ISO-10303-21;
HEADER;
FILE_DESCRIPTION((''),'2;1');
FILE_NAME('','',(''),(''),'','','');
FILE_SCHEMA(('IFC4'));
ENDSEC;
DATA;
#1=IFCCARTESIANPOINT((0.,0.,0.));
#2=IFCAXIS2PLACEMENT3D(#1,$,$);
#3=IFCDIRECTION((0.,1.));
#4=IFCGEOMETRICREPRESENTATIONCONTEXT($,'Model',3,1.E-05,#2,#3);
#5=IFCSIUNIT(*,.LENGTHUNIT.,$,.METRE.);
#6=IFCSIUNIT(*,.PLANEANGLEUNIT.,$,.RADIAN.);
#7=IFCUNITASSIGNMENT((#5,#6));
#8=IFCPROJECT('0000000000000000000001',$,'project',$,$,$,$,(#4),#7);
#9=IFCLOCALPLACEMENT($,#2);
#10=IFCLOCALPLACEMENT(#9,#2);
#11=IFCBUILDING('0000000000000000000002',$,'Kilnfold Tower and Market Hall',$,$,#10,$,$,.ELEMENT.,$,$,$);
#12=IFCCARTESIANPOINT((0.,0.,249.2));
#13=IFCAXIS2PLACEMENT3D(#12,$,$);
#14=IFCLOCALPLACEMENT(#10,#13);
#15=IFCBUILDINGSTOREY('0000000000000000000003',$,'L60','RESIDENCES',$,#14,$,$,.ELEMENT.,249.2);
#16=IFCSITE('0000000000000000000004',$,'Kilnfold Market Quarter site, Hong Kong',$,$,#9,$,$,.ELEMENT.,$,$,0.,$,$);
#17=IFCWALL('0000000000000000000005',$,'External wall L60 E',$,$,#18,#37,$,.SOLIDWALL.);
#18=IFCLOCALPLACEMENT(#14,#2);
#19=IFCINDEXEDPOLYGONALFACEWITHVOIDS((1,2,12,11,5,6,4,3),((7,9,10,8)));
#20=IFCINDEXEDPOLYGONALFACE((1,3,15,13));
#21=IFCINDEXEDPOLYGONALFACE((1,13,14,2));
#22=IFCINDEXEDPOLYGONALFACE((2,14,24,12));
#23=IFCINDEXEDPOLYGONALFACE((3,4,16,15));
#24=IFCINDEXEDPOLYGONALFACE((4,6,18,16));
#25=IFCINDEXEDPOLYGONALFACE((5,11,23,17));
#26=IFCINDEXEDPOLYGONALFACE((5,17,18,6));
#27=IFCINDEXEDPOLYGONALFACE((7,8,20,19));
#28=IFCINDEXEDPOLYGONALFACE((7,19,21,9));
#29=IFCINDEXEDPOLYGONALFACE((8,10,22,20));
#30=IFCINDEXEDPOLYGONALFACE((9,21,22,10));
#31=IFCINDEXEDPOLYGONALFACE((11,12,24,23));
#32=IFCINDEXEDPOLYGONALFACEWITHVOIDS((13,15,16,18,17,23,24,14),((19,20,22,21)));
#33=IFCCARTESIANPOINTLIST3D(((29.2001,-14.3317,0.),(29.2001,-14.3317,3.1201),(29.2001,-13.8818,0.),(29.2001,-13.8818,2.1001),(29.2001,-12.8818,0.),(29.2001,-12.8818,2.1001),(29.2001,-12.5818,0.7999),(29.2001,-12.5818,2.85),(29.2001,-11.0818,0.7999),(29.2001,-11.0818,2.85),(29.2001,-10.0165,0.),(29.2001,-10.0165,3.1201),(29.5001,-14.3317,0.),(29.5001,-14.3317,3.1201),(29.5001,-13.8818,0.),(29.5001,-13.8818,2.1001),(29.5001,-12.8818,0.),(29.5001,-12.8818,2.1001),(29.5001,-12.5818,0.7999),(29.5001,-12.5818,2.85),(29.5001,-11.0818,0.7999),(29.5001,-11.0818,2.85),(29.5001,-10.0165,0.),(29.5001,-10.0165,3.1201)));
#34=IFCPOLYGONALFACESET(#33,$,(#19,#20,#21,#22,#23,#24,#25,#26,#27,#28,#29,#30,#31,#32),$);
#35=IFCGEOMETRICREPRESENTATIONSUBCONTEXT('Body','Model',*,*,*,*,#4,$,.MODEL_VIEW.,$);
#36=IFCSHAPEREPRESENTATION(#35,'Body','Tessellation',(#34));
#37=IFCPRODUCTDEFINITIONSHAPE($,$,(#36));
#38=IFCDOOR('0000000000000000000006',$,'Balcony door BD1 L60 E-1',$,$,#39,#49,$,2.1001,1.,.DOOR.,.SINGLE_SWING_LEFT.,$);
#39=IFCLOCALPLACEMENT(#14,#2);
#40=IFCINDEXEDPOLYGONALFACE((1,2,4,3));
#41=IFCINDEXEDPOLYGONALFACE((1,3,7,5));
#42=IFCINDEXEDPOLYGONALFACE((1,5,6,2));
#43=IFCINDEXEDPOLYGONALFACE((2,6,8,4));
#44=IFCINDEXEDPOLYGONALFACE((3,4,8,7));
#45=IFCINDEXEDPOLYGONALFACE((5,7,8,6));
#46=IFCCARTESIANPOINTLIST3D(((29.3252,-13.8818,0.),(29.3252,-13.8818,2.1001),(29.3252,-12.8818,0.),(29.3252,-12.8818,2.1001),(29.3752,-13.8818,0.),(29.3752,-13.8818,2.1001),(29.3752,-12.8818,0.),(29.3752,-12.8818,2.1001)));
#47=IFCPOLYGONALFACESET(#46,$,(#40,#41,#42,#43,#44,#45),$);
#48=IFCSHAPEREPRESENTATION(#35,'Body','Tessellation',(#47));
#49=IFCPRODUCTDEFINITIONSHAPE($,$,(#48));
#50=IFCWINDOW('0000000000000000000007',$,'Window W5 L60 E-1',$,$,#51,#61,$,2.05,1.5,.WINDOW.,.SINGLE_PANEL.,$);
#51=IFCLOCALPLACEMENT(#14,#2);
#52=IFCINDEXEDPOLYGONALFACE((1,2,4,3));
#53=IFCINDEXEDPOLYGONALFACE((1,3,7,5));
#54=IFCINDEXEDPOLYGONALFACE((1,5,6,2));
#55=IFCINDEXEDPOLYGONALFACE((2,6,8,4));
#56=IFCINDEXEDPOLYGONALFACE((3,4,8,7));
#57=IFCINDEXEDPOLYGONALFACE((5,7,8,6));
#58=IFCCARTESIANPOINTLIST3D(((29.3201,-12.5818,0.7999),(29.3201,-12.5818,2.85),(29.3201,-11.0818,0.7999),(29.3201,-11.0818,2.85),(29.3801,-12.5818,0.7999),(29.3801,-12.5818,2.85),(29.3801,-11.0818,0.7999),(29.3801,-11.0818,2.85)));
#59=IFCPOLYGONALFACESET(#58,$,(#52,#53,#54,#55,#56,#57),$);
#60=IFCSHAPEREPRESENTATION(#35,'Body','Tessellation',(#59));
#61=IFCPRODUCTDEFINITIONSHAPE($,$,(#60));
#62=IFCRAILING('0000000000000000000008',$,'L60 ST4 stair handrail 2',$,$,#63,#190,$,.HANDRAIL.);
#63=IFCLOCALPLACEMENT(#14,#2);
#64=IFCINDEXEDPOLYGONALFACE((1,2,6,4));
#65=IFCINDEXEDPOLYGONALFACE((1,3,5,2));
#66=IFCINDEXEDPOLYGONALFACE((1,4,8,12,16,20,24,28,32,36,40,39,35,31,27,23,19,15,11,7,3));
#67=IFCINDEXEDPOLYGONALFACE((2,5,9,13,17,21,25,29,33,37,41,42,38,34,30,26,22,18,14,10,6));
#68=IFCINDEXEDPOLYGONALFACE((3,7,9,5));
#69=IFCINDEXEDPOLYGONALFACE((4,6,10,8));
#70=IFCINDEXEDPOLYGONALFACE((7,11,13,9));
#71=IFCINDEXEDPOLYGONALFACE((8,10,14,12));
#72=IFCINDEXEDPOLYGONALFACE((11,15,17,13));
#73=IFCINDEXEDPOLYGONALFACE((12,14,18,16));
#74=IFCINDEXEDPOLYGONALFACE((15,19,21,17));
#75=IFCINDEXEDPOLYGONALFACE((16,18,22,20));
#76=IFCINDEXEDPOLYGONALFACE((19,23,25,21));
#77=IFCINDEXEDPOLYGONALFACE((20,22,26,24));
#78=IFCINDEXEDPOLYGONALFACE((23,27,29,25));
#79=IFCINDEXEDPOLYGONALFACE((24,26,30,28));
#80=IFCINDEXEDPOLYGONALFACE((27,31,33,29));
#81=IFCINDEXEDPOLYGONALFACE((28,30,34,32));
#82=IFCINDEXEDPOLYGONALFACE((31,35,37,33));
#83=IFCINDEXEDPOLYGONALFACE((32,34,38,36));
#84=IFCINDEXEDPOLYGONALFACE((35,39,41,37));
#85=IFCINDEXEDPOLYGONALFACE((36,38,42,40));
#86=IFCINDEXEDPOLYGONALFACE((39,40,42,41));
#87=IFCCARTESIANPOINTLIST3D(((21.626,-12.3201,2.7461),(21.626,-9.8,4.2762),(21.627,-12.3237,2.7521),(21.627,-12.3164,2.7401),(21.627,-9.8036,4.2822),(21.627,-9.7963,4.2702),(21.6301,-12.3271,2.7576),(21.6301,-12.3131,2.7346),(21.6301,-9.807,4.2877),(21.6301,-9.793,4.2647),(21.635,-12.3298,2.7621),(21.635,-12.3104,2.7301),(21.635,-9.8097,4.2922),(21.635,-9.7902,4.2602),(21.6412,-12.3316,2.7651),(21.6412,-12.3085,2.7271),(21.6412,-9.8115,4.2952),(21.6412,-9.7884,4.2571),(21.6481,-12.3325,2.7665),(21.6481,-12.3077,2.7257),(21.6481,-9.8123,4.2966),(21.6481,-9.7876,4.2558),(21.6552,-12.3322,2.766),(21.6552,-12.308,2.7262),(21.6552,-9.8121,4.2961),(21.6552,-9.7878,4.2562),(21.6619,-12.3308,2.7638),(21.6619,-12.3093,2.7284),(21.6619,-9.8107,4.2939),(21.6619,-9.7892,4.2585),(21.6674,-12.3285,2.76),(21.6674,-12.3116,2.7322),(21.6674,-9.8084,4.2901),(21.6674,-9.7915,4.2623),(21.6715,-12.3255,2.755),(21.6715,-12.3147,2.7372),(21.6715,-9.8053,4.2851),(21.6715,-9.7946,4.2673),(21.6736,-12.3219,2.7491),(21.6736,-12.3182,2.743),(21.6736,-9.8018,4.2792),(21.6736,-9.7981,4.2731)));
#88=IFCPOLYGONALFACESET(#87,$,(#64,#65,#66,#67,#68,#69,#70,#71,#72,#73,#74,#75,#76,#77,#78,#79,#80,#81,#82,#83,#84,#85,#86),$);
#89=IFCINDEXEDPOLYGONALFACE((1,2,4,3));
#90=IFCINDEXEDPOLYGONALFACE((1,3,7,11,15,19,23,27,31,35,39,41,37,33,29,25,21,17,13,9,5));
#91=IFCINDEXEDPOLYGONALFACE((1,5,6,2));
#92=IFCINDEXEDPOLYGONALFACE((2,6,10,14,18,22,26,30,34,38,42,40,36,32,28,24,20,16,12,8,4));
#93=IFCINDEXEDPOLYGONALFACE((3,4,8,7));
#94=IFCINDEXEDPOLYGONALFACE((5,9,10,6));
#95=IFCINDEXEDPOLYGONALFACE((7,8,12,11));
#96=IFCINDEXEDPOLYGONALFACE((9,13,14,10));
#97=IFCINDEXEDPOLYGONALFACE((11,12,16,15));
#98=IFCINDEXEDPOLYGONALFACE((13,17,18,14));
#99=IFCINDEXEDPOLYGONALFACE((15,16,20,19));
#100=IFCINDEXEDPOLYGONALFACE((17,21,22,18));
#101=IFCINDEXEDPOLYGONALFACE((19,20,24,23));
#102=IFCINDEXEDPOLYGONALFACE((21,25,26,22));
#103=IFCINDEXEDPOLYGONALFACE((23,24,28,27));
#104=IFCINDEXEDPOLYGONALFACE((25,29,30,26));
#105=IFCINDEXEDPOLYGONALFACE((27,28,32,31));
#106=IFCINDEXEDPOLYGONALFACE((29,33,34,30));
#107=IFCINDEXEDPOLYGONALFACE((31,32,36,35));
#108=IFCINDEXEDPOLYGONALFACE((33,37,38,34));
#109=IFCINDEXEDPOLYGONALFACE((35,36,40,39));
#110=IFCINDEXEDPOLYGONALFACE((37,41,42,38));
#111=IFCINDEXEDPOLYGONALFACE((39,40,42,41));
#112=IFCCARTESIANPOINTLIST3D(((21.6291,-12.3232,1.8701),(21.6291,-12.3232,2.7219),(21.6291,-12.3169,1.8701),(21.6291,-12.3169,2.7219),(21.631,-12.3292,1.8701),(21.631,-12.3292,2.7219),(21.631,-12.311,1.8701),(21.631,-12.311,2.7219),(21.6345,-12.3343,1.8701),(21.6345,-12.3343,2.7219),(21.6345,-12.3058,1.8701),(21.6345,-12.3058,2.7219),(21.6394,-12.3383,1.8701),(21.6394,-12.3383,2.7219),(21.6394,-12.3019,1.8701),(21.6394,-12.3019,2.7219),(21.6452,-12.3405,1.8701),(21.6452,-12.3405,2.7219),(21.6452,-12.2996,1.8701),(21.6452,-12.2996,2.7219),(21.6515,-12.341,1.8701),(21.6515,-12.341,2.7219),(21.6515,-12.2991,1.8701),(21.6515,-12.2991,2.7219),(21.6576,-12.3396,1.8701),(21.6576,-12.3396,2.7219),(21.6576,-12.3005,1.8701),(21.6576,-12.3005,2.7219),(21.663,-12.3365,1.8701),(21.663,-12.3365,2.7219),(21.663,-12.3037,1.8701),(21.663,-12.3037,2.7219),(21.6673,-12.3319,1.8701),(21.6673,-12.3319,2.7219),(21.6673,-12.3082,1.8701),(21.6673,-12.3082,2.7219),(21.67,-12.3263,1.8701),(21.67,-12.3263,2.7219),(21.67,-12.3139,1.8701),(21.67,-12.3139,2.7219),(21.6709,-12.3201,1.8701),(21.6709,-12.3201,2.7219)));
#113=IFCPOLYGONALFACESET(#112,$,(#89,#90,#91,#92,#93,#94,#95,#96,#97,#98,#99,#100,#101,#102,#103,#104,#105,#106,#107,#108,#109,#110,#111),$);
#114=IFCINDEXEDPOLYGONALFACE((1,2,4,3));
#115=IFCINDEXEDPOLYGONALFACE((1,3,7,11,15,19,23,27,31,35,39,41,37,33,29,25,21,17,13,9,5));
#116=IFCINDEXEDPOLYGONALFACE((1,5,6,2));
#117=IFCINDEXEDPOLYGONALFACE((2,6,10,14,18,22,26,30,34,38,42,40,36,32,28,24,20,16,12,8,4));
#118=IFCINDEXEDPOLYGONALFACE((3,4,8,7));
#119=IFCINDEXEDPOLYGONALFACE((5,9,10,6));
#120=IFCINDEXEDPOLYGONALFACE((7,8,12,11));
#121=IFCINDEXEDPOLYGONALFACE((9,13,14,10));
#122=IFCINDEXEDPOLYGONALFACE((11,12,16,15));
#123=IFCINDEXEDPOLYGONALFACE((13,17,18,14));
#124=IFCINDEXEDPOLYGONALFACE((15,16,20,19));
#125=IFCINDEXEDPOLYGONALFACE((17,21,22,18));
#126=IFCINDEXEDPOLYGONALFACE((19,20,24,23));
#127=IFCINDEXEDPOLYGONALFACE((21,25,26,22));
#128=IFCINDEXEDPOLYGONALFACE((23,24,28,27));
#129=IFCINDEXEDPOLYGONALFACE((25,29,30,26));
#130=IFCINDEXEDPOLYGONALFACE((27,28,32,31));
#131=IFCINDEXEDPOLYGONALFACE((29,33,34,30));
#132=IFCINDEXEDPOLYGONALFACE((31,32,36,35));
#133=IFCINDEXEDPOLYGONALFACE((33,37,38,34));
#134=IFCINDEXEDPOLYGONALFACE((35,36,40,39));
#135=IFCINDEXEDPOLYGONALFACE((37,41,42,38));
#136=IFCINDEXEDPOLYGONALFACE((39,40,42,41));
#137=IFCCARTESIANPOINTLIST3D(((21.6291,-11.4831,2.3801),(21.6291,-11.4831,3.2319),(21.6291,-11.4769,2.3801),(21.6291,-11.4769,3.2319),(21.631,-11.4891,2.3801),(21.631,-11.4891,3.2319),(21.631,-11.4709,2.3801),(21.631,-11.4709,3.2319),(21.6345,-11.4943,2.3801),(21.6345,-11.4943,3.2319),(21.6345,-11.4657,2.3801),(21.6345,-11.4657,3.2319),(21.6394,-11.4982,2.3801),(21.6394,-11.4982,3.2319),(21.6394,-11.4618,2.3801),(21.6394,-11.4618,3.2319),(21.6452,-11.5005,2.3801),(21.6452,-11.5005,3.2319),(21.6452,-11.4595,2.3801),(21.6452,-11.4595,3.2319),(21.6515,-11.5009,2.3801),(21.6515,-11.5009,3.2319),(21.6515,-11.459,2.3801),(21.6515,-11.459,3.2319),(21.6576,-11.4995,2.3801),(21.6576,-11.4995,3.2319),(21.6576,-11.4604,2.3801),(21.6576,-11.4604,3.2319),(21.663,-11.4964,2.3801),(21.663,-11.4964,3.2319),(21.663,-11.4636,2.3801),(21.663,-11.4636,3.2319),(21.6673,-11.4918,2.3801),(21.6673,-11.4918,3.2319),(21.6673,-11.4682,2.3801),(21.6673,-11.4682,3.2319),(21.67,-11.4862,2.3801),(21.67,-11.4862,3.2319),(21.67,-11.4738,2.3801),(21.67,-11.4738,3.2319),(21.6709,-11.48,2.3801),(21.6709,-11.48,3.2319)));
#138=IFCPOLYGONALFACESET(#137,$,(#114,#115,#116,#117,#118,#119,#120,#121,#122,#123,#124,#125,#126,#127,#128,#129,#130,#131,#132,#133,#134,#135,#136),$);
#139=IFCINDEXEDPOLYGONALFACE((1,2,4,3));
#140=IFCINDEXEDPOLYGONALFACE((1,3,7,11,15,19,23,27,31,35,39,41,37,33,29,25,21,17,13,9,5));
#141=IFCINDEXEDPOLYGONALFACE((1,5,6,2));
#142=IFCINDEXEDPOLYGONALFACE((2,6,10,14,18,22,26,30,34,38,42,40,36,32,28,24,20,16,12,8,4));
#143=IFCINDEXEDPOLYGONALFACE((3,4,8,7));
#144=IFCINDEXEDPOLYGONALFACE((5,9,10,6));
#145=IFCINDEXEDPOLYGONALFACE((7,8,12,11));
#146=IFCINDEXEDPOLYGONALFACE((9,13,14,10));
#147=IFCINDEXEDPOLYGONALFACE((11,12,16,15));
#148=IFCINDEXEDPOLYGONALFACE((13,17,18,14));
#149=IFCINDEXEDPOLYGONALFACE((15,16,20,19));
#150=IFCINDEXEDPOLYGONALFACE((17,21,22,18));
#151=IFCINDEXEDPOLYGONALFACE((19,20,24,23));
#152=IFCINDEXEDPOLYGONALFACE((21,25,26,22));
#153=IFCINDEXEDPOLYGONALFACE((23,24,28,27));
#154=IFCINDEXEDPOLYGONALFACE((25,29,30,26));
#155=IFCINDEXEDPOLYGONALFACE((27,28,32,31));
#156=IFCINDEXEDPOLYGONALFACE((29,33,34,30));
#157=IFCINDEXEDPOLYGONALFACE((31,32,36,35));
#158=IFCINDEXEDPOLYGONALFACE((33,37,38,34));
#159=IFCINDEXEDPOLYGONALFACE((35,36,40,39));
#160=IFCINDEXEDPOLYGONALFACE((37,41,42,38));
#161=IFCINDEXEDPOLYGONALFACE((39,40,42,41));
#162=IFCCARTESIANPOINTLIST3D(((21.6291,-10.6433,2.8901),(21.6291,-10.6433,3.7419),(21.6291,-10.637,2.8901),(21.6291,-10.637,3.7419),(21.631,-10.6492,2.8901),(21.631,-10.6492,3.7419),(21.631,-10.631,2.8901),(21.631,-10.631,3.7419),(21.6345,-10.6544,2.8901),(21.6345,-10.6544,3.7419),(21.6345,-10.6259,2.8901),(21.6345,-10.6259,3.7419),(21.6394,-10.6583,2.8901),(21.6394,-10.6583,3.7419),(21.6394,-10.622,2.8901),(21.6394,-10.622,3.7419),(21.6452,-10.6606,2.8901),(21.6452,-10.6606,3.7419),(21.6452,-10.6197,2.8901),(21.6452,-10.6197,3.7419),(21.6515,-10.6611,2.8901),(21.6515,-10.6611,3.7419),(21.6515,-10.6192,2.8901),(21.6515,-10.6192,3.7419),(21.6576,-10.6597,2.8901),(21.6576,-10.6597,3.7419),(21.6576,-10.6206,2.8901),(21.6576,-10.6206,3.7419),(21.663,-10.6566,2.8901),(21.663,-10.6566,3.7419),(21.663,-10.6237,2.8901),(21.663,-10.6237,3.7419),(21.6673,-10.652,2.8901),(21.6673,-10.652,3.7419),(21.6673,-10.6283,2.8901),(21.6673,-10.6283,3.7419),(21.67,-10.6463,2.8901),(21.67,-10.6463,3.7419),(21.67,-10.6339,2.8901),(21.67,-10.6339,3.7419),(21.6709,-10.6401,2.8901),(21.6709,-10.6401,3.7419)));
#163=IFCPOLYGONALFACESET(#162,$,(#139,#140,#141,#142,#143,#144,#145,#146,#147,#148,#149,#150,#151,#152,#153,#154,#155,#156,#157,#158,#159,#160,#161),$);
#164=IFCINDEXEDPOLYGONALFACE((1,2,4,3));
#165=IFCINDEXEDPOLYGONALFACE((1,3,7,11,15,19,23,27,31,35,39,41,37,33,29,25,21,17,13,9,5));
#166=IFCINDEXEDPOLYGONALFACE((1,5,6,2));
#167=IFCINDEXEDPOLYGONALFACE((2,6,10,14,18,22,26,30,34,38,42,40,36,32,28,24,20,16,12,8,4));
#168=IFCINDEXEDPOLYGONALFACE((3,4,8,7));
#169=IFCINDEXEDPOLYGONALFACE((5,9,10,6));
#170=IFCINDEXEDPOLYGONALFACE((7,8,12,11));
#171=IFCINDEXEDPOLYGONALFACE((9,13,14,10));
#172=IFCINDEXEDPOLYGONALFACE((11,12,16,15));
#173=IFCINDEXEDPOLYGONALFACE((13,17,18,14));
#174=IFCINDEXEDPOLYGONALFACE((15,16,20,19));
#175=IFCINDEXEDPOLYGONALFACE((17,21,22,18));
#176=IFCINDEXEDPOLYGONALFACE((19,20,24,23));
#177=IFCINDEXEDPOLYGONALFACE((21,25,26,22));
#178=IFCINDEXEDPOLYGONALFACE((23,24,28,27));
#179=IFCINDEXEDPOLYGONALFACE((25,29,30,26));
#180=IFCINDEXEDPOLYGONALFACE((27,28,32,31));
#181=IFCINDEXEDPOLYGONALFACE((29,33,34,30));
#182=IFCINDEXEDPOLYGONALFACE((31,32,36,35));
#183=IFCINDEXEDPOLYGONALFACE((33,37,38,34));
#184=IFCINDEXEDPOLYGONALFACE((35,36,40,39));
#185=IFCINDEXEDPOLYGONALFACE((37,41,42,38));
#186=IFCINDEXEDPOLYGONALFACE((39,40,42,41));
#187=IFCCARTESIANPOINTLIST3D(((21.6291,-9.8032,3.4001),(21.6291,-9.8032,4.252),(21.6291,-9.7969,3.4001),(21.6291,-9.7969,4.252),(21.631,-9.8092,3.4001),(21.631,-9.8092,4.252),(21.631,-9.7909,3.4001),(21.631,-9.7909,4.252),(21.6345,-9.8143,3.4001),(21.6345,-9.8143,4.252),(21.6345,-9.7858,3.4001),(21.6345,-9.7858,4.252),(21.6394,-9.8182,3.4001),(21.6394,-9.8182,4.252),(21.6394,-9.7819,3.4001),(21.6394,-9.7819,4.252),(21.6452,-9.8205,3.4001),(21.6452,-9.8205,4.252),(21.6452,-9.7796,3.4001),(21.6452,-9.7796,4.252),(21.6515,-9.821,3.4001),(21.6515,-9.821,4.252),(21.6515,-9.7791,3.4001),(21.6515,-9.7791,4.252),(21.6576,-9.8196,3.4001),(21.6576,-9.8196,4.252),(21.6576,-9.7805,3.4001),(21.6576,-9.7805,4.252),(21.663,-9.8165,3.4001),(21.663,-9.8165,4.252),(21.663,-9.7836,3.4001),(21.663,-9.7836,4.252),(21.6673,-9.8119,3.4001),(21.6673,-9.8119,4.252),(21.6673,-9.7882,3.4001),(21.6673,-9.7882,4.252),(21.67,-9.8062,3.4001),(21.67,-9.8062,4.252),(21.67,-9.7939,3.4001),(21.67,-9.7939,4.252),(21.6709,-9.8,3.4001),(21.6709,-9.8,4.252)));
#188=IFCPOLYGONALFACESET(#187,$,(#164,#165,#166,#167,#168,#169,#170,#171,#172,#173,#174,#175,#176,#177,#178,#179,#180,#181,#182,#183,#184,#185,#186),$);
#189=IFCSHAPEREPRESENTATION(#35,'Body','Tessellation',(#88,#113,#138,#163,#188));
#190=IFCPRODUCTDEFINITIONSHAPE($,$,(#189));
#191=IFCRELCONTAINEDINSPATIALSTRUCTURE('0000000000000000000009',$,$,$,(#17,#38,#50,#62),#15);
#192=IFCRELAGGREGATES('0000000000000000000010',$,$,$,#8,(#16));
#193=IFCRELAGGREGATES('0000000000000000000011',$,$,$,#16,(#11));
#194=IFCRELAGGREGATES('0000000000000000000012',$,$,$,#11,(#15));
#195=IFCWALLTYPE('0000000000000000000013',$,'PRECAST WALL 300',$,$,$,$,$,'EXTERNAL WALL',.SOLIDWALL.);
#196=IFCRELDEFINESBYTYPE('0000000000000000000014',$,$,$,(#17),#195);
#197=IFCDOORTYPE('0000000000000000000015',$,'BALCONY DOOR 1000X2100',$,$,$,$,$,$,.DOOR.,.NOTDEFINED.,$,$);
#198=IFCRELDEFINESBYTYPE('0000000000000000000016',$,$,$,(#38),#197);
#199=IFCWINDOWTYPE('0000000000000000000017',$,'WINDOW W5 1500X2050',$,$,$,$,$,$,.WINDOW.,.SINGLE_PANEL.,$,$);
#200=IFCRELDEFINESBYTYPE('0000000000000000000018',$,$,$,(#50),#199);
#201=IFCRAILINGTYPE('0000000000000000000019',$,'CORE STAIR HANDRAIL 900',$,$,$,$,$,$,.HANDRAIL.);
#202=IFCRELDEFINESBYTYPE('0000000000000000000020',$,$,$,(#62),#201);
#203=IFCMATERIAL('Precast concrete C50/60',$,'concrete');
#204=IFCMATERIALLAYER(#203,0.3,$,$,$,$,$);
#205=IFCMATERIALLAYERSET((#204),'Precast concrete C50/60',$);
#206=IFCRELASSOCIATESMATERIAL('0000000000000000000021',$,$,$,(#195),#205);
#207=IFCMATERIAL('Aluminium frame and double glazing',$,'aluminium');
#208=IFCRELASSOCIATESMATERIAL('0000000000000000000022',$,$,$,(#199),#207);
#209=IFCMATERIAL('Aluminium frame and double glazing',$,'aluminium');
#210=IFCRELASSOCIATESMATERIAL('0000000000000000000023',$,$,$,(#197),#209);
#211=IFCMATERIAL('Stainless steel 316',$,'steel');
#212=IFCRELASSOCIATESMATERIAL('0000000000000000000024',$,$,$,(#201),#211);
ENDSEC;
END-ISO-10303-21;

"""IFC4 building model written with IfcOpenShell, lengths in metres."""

from ifc_helpers import new_model, si_unit, direction, frame, frame_2d, origin, origin_2d, place, context, subcontext, project, spatial, rectangle, circle, extrude, source, transform, mapped, material, layer, layer_set, type_object, element, fill, save


model = new_model("IFC4")

# Units and contexts
model_context = context("Model", 3, precision=1e-05, world=origin(), true_north=direction((0.0, 1.0)))
body_context = subcontext(model_context, "Body", "Model", "MODEL_VIEW")
ifc_project = project(units=[si_unit("LENGTHUNIT", "METRE"), si_unit("PLANEANGLEUNIT", "RADIAN")], contexts=[model_context])

# Site, building, storey
site_placement = place(None, origin())
site = spatial("IfcSite", under=ifc_project, at=site_placement, Name="Kilnfold Market Quarter site, Hong Kong", CompositionType="ELEMENT", RefElevation=0.0)
building_placement = place(site_placement, origin())
building = spatial("IfcBuilding", under=site, at=building_placement, Name="Kilnfold Tower and Market Hall", CompositionType="ELEMENT")
storey_placement = place(building_placement, frame((0.0, 0.0, 249.2)))
storey = spatial("IfcBuildingStorey", under=building, at=storey_placement, Name="L60", Description="RESIDENCES", CompositionType="ELEMENT", Elevation=249.2)

# Shared definitions
ifc_material_1 = material(Name="Precast concrete C50/60", Category="concrete")
ifc_layer_1 = layer(ifc_material_1, 0.3)
ifc_layer_set_1 = layer_set([ifc_layer_1], Name="Precast concrete C50/60")
wall_type_1 = type_object("IfcWallType", Name="PRECAST WALL 300", ElementType="EXTERNAL WALL", PredefinedType="SOLIDWALL", material=ifc_layer_set_1)
ifc_material_2 = material(Name="Aluminium frame and double glazing", Category="aluminium")
window_type = type_object("IfcWindowType", Name="WINDOW W5 1500X2050", PartitioningType="SINGLE_PANEL", PredefinedType="WINDOW", material=ifc_material_2)

# Wall, openings, door, window
shared_shape_1 = source(origin(), body_context, "Body", "SweptSolid", [
    extrude(rectangle(XDim=4.3152, YDim=0.3, at=frame_2d((2.1577, 0.0))), origin(), (0.0, 0.0, 1.0), 3.1201),
])
wall_1_placement = place(storey_placement, frame((29.3501, -14.3318, 0.0), z_axis=(0.0, 0.0, 1.0), x_axis=(0.0, 1.0, 0.0)))
wall_1 = element("IfcWall", 1, at=wall_1_placement, inside=storey, type_object=wall_type_1, Name="External wall L60 E", PredefinedType="SOLIDWALL", context=body_context, shape_type="MappedRepresentation", body=[
    mapped(shared_shape_1, transform((0.0, 0.0, 0.0))),
])
opening_1_placement = place(wall_1_placement, frame((1.75, 0.0, 0.8)))
opening_1 = element("IfcOpeningElement", 2, at=opening_1_placement, cuts=wall_1, PredefinedType="OPENING", context=body_context, shape_type="SweptSolid", body=[
    extrude(rectangle(XDim=1.5, YDim=2.05, at=frame_2d((0.75, 1.0249))), frame((0.0, 0.1602, 0.0), z_axis=(0.0, -1.0, 0.0), x_axis=(1.0, 0.0, 0.0)), (0.0, 0.0, 1.0), 0.3201),
])
opening_2_placement = place(wall_1_placement, frame((0.45, 0.0, 0.0)))
opening_2 = element("IfcOpeningElement", 3, at=opening_2_placement, cuts=wall_1, PredefinedType="OPENING", context=body_context, shape_type="SweptSolid", body=[
    extrude(rectangle(XDim=1.0, YDim=2.1001, at=frame_2d((0.5, 1.05))), frame((0.0, 0.1602, 0.0), z_axis=(0.0, -1.0, 0.0), x_axis=(1.0, 0.0, 0.0)), (0.0, 0.0, 1.0), 0.3201),
])
ifc_material_3 = material(Name="Aluminium frame and double glazing", Category="aluminium")
door_type_1 = type_object("IfcDoorType", Name="BALCONY DOOR 1000X2100", OperationType="NOTDEFINED", PredefinedType="DOOR", material=ifc_material_3)
door_1_placement = place(opening_2_placement, origin())
door_1 = element("IfcDoor", 4, at=door_1_placement, inside=storey, type_object=door_type_1, Name="Balcony door BD1 L60 E-1", OperationType="SINGLE_SWING_LEFT", OverallHeight=2.1001, OverallWidth=1.0, PredefinedType="DOOR", context=body_context, shape_type="SweptSolid", body=[
    extrude(rectangle(XDim=1.0, YDim=2.1001, at=frame_2d((0.5, 1.05))), frame((0.0, 0.0249, 0.0), z_axis=(0.0, -1.0, 0.0), x_axis=(1.0, 0.0, 0.0)), (0.0, 0.0, 1.0), 0.05),
])
fill(opening_2, door_1)
window_1_placement = place(opening_1_placement, origin())
window_1 = element("IfcWindow", 5, at=window_1_placement, inside=storey, type_object=window_type, Name="Window W5 L60 E-1", OverallHeight=2.05, OverallWidth=1.5, PartitioningType="SINGLE_PANEL", PredefinedType="WINDOW", context=body_context, shape_type="SweptSolid", body=[
    extrude(rectangle(XDim=1.5, YDim=2.05, at=frame_2d((0.75, 1.0249))), frame((0.0, 0.03, 0.0), z_axis=(0.0, -1.0, 0.0), x_axis=(1.0, 0.0, 0.0)), (0.0, 0.0, 1.0), 0.0601),
])
fill(opening_1, window_1)

# Railing
ifc_material_4 = material(Name="Stainless steel 316", Category="steel")
railing_type_1 = type_object("IfcRailingType", Name="CORE STAIR HANDRAIL 900", PredefinedType="HANDRAIL", material=ifc_material_4)
railing_1_placement = place(storey_placement, frame((21.6499, -12.3201, 1.8701)))
element("IfcRailing", 6, at=railing_1_placement, inside=storey, type_object=railing_type_1, Name="L60 ST4 stair handrail 2", PredefinedType="HANDRAIL", context=body_context, shape_type="SweptSolid", body=[
    extrude(circle(Radius=0.0239, at=origin_2d()), frame((0.0, 0.0, 0.876), z_axis=(0.0, 0.854785, 0.518982), x_axis=(-1.0, 0.0, 0.0)), (0.0, 0.0, 1.0), 2.9482),
    extrude(circle(Radius=0.021, at=origin_2d()), origin(), (0.0, 0.0, 1.0), 0.8518),
    extrude(circle(Radius=0.021, at=origin_2d()), frame((0.0, 0.8401, 0.51)), (0.0, 0.0, 1.0), 0.8518),
    extrude(circle(Radius=0.021, at=origin_2d()), frame((0.0, 1.6799, 1.02)), (0.0, 0.0, 1.0), 0.8518),
    extrude(circle(Radius=0.021, at=origin_2d()), frame((0.0, 2.52, 1.53)), (0.0, 0.0, 1.0), 0.8518),
])

save(model, "model.ifc")
